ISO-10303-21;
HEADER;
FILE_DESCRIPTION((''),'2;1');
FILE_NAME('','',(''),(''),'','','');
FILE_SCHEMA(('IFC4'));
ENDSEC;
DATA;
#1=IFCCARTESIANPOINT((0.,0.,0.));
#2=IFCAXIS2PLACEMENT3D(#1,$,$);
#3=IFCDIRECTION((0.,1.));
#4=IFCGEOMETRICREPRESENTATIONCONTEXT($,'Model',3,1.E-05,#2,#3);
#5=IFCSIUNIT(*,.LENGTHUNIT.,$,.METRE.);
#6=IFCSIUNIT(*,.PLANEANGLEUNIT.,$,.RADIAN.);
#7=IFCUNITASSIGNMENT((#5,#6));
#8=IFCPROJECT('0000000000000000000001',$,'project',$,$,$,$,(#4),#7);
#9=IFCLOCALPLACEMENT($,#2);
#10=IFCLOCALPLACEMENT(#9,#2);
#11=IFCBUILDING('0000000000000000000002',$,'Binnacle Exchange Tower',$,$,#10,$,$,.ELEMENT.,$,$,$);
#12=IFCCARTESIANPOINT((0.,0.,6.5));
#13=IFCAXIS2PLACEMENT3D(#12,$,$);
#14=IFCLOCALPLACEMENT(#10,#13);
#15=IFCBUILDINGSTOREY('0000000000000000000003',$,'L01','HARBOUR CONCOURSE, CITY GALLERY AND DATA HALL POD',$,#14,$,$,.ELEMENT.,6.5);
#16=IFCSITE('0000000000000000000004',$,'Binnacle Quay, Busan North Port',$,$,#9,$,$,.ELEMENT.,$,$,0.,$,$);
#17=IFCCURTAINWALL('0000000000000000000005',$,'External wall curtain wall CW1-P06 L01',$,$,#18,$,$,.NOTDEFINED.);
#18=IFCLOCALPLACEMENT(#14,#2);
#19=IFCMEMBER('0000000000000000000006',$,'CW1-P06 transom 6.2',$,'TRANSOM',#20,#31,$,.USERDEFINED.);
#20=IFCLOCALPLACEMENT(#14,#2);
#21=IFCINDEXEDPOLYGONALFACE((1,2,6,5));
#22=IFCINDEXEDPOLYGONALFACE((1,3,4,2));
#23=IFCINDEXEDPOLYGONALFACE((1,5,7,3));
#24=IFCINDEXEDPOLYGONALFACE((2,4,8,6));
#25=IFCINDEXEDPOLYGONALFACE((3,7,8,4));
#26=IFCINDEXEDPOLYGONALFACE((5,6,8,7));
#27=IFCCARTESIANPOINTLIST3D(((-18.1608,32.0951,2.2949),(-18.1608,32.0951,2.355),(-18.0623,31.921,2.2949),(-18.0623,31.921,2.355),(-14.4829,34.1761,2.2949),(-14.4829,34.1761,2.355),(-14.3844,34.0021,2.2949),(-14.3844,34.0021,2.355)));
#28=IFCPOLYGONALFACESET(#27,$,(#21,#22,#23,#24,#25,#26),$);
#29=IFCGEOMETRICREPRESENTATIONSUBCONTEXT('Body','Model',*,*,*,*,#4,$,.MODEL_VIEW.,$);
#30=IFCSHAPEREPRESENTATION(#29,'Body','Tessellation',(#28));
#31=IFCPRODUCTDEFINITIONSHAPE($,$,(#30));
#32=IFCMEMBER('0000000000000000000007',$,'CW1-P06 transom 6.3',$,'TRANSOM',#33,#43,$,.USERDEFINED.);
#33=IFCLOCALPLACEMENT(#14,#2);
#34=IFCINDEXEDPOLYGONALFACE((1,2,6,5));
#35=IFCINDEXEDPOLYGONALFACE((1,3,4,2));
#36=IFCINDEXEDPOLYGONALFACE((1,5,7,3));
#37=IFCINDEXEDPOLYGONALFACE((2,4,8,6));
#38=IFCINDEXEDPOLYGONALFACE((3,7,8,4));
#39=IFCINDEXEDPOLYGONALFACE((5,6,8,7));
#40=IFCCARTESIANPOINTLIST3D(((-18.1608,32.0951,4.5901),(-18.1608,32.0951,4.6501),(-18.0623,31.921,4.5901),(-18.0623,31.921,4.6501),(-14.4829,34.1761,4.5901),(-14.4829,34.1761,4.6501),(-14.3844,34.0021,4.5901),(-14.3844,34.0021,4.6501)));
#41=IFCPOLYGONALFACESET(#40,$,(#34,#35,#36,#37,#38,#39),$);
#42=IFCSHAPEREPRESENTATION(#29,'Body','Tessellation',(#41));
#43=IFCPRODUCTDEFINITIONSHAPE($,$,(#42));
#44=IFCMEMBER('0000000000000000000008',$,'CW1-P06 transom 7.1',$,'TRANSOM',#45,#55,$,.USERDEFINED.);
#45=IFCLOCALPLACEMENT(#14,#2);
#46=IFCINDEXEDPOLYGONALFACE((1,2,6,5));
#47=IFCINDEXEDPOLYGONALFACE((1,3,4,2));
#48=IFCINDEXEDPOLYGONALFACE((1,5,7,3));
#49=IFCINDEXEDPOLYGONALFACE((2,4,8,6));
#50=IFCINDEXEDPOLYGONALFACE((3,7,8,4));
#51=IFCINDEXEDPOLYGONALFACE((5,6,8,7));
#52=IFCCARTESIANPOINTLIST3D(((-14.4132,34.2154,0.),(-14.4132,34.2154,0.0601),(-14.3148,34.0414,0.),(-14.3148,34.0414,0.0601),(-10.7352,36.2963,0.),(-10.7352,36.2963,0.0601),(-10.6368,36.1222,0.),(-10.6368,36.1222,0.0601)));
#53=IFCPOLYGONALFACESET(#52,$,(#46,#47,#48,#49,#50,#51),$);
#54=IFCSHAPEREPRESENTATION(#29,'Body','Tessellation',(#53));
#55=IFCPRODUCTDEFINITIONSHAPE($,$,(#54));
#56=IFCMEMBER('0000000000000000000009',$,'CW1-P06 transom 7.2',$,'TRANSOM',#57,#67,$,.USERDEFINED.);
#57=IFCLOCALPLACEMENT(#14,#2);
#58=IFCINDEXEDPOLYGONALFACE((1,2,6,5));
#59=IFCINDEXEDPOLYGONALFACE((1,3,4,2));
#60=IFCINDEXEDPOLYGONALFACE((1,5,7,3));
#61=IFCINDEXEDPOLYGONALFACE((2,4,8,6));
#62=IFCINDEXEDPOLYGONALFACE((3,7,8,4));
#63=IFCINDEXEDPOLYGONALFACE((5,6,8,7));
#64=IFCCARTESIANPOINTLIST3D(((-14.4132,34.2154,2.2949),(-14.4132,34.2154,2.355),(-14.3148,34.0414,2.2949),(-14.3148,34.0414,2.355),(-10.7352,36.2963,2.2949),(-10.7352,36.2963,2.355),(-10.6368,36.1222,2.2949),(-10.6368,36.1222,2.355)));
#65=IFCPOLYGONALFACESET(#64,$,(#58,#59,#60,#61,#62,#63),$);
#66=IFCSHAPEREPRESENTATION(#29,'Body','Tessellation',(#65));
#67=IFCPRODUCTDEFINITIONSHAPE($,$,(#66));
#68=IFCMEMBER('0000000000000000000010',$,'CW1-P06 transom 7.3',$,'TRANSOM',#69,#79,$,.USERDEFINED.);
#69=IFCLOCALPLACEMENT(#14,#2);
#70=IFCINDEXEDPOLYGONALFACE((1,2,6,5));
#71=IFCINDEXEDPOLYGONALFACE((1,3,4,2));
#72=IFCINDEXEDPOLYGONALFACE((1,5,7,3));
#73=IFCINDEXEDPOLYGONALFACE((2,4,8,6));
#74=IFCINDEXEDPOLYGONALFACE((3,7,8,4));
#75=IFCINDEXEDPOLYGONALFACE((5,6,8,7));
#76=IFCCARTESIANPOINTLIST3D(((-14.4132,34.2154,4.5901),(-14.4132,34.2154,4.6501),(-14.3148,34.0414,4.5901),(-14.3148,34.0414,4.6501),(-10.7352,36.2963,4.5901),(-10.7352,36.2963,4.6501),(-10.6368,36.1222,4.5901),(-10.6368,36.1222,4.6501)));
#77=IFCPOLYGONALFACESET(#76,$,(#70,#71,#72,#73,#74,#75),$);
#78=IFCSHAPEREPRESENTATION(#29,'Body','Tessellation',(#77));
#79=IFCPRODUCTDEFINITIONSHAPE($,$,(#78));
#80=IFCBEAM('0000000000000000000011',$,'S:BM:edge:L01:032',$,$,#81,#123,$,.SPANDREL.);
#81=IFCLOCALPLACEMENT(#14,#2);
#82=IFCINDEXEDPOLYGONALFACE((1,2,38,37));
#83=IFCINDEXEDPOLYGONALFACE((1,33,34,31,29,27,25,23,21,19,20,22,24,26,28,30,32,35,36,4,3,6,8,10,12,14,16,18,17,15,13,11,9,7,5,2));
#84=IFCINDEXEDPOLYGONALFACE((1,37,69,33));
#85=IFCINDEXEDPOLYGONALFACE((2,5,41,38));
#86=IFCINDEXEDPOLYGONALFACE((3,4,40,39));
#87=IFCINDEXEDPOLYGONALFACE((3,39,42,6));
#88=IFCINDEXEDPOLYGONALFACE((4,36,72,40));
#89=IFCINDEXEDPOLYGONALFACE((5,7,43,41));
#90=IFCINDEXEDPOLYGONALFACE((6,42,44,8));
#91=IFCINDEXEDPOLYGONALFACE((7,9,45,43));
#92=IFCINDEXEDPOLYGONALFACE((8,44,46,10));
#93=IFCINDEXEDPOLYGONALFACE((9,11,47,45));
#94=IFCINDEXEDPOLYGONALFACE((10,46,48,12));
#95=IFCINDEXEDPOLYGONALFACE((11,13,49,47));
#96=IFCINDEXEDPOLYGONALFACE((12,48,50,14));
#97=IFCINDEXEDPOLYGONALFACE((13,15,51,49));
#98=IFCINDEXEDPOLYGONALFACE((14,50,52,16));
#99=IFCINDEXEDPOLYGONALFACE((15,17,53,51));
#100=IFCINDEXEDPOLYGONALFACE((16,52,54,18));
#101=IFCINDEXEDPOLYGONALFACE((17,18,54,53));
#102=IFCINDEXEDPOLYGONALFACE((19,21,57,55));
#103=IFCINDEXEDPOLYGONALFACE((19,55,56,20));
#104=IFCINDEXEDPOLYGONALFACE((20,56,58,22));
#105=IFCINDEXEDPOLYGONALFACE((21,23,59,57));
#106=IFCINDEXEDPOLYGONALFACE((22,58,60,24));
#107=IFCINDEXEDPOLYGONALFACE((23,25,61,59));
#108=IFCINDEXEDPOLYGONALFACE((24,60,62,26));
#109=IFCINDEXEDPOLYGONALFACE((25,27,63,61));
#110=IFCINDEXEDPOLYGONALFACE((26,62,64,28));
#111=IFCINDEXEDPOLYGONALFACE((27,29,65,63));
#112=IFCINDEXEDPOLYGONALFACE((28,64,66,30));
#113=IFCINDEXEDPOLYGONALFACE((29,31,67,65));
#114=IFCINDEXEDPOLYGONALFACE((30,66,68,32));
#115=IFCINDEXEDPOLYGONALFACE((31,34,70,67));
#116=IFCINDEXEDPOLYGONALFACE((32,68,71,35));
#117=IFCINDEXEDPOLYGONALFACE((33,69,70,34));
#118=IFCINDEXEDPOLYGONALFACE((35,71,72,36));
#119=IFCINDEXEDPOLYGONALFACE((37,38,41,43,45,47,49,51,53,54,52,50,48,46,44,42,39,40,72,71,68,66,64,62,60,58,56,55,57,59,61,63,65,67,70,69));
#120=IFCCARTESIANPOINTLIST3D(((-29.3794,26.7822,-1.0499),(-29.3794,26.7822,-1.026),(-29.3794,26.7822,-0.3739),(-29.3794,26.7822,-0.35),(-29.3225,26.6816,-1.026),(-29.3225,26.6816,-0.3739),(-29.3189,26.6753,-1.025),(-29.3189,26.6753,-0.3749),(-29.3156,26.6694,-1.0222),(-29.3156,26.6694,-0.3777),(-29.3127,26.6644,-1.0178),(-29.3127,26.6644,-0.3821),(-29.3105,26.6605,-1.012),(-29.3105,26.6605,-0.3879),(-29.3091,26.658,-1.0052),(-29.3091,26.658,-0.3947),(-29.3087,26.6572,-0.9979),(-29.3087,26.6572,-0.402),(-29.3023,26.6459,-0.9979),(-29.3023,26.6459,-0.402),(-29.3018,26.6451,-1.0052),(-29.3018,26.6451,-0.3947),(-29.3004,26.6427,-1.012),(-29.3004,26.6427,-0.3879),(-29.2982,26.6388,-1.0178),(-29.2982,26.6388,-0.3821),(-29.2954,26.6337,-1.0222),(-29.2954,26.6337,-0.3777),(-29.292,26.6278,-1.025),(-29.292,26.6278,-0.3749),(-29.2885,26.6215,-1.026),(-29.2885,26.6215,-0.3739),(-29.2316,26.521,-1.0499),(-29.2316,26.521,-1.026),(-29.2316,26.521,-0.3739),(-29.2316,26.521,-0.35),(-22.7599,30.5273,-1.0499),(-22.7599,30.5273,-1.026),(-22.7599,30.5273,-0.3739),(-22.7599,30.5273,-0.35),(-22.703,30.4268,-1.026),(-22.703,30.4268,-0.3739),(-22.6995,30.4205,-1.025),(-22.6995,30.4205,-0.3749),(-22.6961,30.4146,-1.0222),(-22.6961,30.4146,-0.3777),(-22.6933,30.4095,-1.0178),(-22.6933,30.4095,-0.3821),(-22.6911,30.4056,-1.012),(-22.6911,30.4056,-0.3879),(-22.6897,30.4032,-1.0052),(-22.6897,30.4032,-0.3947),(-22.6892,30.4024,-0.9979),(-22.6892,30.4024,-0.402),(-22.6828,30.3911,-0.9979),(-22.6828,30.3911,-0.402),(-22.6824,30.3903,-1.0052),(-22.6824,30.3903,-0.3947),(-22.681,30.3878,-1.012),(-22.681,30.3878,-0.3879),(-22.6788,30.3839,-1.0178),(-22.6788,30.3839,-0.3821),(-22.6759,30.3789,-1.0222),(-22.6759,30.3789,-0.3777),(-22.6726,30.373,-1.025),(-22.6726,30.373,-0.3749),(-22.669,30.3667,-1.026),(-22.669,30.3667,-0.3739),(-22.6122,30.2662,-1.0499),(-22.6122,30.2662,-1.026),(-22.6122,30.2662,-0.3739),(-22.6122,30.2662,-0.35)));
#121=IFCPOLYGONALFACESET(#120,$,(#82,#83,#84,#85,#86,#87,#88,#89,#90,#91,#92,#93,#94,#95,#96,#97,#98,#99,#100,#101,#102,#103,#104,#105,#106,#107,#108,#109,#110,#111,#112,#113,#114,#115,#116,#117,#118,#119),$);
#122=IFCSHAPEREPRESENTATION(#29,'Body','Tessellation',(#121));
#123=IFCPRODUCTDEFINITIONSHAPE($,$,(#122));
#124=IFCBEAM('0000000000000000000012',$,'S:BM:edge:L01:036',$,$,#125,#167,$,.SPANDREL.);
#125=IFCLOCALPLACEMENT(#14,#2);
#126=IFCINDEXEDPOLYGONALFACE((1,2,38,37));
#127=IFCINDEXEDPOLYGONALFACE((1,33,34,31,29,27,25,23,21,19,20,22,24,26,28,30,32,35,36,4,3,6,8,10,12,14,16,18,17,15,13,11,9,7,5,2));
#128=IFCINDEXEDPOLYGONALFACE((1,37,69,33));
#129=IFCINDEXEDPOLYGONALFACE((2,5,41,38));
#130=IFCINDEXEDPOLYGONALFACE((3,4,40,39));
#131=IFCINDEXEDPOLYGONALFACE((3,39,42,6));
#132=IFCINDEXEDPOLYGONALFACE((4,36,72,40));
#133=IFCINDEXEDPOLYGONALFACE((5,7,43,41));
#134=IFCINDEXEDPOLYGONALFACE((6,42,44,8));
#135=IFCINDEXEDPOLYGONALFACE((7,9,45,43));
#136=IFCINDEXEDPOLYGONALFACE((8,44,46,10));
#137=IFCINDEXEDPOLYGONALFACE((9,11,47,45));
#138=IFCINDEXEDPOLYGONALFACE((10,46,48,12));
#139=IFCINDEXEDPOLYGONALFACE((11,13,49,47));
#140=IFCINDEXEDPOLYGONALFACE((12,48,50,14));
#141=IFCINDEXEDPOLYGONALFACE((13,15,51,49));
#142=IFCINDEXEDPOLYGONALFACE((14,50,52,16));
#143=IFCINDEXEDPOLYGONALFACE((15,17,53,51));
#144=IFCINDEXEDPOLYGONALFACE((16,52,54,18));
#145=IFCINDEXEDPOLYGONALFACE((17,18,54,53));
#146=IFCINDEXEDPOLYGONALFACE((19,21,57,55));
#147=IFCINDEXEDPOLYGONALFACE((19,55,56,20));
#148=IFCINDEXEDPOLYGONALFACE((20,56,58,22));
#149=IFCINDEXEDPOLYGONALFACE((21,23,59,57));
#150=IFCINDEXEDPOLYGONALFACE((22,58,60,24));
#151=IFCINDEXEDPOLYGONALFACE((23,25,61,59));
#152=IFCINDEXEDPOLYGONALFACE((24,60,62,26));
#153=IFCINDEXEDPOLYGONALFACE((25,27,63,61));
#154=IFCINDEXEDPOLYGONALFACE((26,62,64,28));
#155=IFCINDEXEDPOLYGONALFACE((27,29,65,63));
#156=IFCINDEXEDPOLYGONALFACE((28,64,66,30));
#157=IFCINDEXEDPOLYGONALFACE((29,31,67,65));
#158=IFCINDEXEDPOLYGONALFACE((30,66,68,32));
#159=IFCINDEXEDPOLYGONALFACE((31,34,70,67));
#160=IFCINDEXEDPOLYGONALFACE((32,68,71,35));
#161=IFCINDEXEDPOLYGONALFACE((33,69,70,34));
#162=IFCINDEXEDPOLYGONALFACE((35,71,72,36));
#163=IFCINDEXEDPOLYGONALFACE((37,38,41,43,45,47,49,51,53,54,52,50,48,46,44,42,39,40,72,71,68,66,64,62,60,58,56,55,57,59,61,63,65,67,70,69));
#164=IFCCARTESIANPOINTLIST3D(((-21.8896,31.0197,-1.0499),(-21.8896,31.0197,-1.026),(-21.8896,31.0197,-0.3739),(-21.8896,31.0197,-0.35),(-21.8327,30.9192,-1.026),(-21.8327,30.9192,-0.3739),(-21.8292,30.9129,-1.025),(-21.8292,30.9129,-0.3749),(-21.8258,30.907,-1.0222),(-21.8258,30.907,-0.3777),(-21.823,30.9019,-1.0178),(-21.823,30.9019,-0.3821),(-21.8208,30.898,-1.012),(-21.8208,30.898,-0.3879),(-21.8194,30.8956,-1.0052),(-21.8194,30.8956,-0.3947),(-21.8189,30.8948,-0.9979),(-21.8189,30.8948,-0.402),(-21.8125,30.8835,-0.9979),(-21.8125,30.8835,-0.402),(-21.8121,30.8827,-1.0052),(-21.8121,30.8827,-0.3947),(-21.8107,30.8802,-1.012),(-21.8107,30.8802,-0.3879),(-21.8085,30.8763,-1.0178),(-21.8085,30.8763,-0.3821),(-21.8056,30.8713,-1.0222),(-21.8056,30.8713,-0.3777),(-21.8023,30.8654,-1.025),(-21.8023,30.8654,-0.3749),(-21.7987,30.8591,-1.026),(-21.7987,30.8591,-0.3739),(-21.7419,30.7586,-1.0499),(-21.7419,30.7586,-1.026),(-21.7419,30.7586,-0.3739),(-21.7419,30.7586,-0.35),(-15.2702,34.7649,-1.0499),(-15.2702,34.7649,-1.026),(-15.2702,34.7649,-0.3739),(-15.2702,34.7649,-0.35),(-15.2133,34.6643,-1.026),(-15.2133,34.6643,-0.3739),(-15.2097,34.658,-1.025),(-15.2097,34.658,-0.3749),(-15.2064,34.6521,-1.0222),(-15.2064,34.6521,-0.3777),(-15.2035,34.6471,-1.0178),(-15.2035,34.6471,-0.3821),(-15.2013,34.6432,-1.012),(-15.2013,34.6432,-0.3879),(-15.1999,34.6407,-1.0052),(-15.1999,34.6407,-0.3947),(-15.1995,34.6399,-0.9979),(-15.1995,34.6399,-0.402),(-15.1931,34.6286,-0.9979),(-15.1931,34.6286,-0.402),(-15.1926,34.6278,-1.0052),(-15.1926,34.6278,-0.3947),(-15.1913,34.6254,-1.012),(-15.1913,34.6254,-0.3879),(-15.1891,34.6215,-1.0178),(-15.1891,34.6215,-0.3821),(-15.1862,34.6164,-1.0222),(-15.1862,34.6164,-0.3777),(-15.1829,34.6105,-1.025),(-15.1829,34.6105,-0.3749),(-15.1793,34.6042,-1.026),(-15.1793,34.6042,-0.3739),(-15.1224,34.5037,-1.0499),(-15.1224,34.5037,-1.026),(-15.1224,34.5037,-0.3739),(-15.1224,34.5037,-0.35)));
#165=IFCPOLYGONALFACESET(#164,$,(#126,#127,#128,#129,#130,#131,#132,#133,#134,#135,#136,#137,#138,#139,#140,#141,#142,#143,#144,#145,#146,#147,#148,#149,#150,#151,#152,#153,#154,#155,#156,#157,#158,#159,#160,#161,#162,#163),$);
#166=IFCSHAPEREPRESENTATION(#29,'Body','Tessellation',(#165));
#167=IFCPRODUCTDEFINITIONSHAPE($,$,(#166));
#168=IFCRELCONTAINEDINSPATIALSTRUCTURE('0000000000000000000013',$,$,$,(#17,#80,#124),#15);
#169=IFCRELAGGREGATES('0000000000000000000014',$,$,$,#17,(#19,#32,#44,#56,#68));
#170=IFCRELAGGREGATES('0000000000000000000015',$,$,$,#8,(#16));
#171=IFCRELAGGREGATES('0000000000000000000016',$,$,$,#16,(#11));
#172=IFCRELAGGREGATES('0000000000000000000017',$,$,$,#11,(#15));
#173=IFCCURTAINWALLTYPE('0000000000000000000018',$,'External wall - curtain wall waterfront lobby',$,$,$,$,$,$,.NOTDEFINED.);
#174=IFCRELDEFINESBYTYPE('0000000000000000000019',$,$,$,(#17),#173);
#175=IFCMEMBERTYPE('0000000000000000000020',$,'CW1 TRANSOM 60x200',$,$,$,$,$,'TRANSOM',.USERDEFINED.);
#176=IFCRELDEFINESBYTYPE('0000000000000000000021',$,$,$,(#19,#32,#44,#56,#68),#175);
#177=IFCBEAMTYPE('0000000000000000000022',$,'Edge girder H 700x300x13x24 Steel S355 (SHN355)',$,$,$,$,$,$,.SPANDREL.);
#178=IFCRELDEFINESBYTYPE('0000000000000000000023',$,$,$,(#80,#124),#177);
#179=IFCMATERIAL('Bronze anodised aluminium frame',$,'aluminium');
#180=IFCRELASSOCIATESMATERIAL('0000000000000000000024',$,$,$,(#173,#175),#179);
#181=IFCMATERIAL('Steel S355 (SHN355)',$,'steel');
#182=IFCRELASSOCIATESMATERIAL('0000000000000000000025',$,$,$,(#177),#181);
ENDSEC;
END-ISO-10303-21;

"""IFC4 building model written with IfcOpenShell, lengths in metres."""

from ifc_helpers import new_model, si_unit, direction, frame, origin, origin_2d, place, context, subcontext, project, spatial, rectangle, i_section, extrude, material, material_profile, profile_set, type_object, element, aggregate, save


model = new_model("IFC4")

# Units and contexts
model_context = context("Model", 3, precision=1e-05, world=origin(), true_north=direction((0.0, 1.0)))
body_context = subcontext(model_context, "Body", "Model", "MODEL_VIEW")
ifc_project = project(units=[si_unit("LENGTHUNIT", "METRE"), si_unit("PLANEANGLEUNIT", "RADIAN")], contexts=[model_context])

# Site, building, storey
site_placement = place(None, origin())
site = spatial("IfcSite", under=ifc_project, at=site_placement, Name="Binnacle Quay, Busan North Port", CompositionType="ELEMENT", RefElevation=0.0)
building_placement = place(site_placement, origin())
building = spatial("IfcBuilding", under=site, at=building_placement, Name="Binnacle Exchange Tower", CompositionType="ELEMENT")
storey_placement = place(building_placement, frame((0.0, 0.0, 6.5)))
storey = spatial("IfcBuildingStorey", under=building, at=storey_placement, Name="L01", Description="HARBOUR CONCOURSE, CITY GALLERY AND DATA HALL POD", CompositionType="ELEMENT", Elevation=6.5)

# Curtain wall, members
ifc_material_1 = material(Name="Bronze anodised aluminium frame", Category="aluminium")
curtain_wall_type = type_object("IfcCurtainWallType", Name="External wall - curtain wall waterfront lobby", PredefinedType="NOTDEFINED", material=ifc_material_1)
curtain_wall_placement = place(storey_placement, origin())
curtain_wall = element("IfcCurtainWall", 1, at=curtain_wall_placement, inside=storey, type_object=curtain_wall_type, Name="External wall curtain wall CW1-P06 L01", PredefinedType="NOTDEFINED")
ifc_material_profile_1 = material_profile(ifc_material_1, rectangle(XDim=0.2, YDim=0.0601, at=origin_2d()), Name="AL 200x60")
ifc_profile_set_1 = profile_set([ifc_material_profile_1], Name="Bronze anodised aluminium frame")
member_type_1 = type_object("IfcMemberType", Name="CW1 TRANSOM 60x200", ElementType="TRANSOM", PredefinedType="USERDEFINED", material=ifc_profile_set_1)
member_1_placement = place(storey_placement, frame((-18.1116, 32.0081, 2.325), z_axis=(0.87034, 0.492451, 0.0), x_axis=(-0.492451, 0.87034, 0.0)))
member_1 = element("IfcMember", 2, at=member_1_placement, type_object=member_type_1, Name="CW1-P06 transom 6.2", ObjectType="TRANSOM", PredefinedType="USERDEFINED", context=body_context, shape_type="SweptSolid", body=[
    extrude(rectangle(XDim=0.2, YDim=0.0601, at=origin_2d()), origin(), (0.0, 0.0, 1.0), 4.2258),
])
member_2_placement = place(storey_placement, frame((-18.1116, 32.0081, 4.6201), z_axis=(0.87034, 0.492451, 0.0), x_axis=(-0.492451, 0.87034, 0.0)))
member_2 = element("IfcMember", 3, at=member_2_placement, type_object=member_type_1, Name="CW1-P06 transom 6.3", ObjectType="TRANSOM", PredefinedType="USERDEFINED", context=body_context, shape_type="SweptSolid", body=[
    extrude(rectangle(XDim=0.2, YDim=0.0601, at=origin_2d()), origin(), (0.0, 0.0, 1.0), 4.2258),
])
member_3_placement = place(storey_placement, frame((-14.364, 34.1284, 0.03), z_axis=(0.870365, 0.492408, 0.0), x_axis=(-0.492408, 0.870365, 0.0)))
member_3 = element("IfcMember", 4, at=member_3_placement, type_object=member_type_1, Name="CW1-P06 transom 7.1", ObjectType="TRANSOM", PredefinedType="USERDEFINED", context=body_context, shape_type="SweptSolid", body=[
    extrude(rectangle(XDim=0.2, YDim=0.0601, at=origin_2d()), origin(), (0.0, 0.0, 1.0), 4.2258),
])
member_4_placement = place(storey_placement, frame((-14.364, 34.1284, 2.325), z_axis=(0.870365, 0.492408, 0.0), x_axis=(-0.492408, 0.870365, 0.0)))
member_4 = element("IfcMember", 5, at=member_4_placement, type_object=member_type_1, Name="CW1-P06 transom 7.2", ObjectType="TRANSOM", PredefinedType="USERDEFINED", context=body_context, shape_type="SweptSolid", body=[
    extrude(rectangle(XDim=0.2, YDim=0.0601, at=origin_2d()), origin(), (0.0, 0.0, 1.0), 4.2258),
])
member_5_placement = place(storey_placement, frame((-14.364, 34.1284, 4.6201), z_axis=(0.870365, 0.492408, 0.0), x_axis=(-0.492408, 0.870365, 0.0)))
member_5 = element("IfcMember", 6, at=member_5_placement, type_object=member_type_1, Name="CW1-P06 transom 7.3", ObjectType="TRANSOM", PredefinedType="USERDEFINED", context=body_context, shape_type="SweptSolid", body=[
    extrude(rectangle(XDim=0.2, YDim=0.0601, at=origin_2d()), origin(), (0.0, 0.0, 1.0), 4.2258),
])

# Beams
ifc_material_2 = material(Name="Steel S355 (SHN355)", Category="steel")
ifc_material_profile_2 = material_profile(ifc_material_2, i_section(OverallWidth=0.3, OverallDepth=0.7, WebThickness=0.0129, FlangeThickness=0.0239, FilletRadius=0.0281, at=origin_2d()), Name="H 700x300x13x24")
ifc_profile_set_2 = profile_set([ifc_material_profile_2], Name="Steel S355 (SHN355)")
beam_type_1 = type_object("IfcBeamType", Name="Edge girder H 700x300x13x24 Steel S355 (SHN355)", PredefinedType="SPANDREL", material=ifc_profile_set_2)
for number, where, z_axis, x_axis, name in (
    (7, (-22.686, 30.3967, -0.7), (-0.870353, -0.492428, 0.0), (0.492428, -0.870353, 0.0), "S:BM:edge:L01:032"),
    (8, (-15.1963, 34.6343, -0.7), (-0.870353, -0.492428, 0.0), (0.492428, -0.870353, 0.0), "S:BM:edge:L01:036"),
):
    element("IfcBeam", number, at=place(storey_placement, frame(where, z_axis=z_axis, x_axis=x_axis)), inside=storey, type_object=beam_type_1, Name=name, PredefinedType="SPANDREL", context=body_context, shape_type="SweptSolid", body=[
        extrude(i_section(OverallWidth=0.3, OverallDepth=0.7, WebThickness=0.0129, FlangeThickness=0.0239, FilletRadius=0.0281, at=origin_2d()), origin(), (0.0, 0.0, 1.0), 7.6055),
    ])

aggregate(curtain_wall, [member_1, member_2, member_3, member_4, member_5])

save(model, "model.ifc")
